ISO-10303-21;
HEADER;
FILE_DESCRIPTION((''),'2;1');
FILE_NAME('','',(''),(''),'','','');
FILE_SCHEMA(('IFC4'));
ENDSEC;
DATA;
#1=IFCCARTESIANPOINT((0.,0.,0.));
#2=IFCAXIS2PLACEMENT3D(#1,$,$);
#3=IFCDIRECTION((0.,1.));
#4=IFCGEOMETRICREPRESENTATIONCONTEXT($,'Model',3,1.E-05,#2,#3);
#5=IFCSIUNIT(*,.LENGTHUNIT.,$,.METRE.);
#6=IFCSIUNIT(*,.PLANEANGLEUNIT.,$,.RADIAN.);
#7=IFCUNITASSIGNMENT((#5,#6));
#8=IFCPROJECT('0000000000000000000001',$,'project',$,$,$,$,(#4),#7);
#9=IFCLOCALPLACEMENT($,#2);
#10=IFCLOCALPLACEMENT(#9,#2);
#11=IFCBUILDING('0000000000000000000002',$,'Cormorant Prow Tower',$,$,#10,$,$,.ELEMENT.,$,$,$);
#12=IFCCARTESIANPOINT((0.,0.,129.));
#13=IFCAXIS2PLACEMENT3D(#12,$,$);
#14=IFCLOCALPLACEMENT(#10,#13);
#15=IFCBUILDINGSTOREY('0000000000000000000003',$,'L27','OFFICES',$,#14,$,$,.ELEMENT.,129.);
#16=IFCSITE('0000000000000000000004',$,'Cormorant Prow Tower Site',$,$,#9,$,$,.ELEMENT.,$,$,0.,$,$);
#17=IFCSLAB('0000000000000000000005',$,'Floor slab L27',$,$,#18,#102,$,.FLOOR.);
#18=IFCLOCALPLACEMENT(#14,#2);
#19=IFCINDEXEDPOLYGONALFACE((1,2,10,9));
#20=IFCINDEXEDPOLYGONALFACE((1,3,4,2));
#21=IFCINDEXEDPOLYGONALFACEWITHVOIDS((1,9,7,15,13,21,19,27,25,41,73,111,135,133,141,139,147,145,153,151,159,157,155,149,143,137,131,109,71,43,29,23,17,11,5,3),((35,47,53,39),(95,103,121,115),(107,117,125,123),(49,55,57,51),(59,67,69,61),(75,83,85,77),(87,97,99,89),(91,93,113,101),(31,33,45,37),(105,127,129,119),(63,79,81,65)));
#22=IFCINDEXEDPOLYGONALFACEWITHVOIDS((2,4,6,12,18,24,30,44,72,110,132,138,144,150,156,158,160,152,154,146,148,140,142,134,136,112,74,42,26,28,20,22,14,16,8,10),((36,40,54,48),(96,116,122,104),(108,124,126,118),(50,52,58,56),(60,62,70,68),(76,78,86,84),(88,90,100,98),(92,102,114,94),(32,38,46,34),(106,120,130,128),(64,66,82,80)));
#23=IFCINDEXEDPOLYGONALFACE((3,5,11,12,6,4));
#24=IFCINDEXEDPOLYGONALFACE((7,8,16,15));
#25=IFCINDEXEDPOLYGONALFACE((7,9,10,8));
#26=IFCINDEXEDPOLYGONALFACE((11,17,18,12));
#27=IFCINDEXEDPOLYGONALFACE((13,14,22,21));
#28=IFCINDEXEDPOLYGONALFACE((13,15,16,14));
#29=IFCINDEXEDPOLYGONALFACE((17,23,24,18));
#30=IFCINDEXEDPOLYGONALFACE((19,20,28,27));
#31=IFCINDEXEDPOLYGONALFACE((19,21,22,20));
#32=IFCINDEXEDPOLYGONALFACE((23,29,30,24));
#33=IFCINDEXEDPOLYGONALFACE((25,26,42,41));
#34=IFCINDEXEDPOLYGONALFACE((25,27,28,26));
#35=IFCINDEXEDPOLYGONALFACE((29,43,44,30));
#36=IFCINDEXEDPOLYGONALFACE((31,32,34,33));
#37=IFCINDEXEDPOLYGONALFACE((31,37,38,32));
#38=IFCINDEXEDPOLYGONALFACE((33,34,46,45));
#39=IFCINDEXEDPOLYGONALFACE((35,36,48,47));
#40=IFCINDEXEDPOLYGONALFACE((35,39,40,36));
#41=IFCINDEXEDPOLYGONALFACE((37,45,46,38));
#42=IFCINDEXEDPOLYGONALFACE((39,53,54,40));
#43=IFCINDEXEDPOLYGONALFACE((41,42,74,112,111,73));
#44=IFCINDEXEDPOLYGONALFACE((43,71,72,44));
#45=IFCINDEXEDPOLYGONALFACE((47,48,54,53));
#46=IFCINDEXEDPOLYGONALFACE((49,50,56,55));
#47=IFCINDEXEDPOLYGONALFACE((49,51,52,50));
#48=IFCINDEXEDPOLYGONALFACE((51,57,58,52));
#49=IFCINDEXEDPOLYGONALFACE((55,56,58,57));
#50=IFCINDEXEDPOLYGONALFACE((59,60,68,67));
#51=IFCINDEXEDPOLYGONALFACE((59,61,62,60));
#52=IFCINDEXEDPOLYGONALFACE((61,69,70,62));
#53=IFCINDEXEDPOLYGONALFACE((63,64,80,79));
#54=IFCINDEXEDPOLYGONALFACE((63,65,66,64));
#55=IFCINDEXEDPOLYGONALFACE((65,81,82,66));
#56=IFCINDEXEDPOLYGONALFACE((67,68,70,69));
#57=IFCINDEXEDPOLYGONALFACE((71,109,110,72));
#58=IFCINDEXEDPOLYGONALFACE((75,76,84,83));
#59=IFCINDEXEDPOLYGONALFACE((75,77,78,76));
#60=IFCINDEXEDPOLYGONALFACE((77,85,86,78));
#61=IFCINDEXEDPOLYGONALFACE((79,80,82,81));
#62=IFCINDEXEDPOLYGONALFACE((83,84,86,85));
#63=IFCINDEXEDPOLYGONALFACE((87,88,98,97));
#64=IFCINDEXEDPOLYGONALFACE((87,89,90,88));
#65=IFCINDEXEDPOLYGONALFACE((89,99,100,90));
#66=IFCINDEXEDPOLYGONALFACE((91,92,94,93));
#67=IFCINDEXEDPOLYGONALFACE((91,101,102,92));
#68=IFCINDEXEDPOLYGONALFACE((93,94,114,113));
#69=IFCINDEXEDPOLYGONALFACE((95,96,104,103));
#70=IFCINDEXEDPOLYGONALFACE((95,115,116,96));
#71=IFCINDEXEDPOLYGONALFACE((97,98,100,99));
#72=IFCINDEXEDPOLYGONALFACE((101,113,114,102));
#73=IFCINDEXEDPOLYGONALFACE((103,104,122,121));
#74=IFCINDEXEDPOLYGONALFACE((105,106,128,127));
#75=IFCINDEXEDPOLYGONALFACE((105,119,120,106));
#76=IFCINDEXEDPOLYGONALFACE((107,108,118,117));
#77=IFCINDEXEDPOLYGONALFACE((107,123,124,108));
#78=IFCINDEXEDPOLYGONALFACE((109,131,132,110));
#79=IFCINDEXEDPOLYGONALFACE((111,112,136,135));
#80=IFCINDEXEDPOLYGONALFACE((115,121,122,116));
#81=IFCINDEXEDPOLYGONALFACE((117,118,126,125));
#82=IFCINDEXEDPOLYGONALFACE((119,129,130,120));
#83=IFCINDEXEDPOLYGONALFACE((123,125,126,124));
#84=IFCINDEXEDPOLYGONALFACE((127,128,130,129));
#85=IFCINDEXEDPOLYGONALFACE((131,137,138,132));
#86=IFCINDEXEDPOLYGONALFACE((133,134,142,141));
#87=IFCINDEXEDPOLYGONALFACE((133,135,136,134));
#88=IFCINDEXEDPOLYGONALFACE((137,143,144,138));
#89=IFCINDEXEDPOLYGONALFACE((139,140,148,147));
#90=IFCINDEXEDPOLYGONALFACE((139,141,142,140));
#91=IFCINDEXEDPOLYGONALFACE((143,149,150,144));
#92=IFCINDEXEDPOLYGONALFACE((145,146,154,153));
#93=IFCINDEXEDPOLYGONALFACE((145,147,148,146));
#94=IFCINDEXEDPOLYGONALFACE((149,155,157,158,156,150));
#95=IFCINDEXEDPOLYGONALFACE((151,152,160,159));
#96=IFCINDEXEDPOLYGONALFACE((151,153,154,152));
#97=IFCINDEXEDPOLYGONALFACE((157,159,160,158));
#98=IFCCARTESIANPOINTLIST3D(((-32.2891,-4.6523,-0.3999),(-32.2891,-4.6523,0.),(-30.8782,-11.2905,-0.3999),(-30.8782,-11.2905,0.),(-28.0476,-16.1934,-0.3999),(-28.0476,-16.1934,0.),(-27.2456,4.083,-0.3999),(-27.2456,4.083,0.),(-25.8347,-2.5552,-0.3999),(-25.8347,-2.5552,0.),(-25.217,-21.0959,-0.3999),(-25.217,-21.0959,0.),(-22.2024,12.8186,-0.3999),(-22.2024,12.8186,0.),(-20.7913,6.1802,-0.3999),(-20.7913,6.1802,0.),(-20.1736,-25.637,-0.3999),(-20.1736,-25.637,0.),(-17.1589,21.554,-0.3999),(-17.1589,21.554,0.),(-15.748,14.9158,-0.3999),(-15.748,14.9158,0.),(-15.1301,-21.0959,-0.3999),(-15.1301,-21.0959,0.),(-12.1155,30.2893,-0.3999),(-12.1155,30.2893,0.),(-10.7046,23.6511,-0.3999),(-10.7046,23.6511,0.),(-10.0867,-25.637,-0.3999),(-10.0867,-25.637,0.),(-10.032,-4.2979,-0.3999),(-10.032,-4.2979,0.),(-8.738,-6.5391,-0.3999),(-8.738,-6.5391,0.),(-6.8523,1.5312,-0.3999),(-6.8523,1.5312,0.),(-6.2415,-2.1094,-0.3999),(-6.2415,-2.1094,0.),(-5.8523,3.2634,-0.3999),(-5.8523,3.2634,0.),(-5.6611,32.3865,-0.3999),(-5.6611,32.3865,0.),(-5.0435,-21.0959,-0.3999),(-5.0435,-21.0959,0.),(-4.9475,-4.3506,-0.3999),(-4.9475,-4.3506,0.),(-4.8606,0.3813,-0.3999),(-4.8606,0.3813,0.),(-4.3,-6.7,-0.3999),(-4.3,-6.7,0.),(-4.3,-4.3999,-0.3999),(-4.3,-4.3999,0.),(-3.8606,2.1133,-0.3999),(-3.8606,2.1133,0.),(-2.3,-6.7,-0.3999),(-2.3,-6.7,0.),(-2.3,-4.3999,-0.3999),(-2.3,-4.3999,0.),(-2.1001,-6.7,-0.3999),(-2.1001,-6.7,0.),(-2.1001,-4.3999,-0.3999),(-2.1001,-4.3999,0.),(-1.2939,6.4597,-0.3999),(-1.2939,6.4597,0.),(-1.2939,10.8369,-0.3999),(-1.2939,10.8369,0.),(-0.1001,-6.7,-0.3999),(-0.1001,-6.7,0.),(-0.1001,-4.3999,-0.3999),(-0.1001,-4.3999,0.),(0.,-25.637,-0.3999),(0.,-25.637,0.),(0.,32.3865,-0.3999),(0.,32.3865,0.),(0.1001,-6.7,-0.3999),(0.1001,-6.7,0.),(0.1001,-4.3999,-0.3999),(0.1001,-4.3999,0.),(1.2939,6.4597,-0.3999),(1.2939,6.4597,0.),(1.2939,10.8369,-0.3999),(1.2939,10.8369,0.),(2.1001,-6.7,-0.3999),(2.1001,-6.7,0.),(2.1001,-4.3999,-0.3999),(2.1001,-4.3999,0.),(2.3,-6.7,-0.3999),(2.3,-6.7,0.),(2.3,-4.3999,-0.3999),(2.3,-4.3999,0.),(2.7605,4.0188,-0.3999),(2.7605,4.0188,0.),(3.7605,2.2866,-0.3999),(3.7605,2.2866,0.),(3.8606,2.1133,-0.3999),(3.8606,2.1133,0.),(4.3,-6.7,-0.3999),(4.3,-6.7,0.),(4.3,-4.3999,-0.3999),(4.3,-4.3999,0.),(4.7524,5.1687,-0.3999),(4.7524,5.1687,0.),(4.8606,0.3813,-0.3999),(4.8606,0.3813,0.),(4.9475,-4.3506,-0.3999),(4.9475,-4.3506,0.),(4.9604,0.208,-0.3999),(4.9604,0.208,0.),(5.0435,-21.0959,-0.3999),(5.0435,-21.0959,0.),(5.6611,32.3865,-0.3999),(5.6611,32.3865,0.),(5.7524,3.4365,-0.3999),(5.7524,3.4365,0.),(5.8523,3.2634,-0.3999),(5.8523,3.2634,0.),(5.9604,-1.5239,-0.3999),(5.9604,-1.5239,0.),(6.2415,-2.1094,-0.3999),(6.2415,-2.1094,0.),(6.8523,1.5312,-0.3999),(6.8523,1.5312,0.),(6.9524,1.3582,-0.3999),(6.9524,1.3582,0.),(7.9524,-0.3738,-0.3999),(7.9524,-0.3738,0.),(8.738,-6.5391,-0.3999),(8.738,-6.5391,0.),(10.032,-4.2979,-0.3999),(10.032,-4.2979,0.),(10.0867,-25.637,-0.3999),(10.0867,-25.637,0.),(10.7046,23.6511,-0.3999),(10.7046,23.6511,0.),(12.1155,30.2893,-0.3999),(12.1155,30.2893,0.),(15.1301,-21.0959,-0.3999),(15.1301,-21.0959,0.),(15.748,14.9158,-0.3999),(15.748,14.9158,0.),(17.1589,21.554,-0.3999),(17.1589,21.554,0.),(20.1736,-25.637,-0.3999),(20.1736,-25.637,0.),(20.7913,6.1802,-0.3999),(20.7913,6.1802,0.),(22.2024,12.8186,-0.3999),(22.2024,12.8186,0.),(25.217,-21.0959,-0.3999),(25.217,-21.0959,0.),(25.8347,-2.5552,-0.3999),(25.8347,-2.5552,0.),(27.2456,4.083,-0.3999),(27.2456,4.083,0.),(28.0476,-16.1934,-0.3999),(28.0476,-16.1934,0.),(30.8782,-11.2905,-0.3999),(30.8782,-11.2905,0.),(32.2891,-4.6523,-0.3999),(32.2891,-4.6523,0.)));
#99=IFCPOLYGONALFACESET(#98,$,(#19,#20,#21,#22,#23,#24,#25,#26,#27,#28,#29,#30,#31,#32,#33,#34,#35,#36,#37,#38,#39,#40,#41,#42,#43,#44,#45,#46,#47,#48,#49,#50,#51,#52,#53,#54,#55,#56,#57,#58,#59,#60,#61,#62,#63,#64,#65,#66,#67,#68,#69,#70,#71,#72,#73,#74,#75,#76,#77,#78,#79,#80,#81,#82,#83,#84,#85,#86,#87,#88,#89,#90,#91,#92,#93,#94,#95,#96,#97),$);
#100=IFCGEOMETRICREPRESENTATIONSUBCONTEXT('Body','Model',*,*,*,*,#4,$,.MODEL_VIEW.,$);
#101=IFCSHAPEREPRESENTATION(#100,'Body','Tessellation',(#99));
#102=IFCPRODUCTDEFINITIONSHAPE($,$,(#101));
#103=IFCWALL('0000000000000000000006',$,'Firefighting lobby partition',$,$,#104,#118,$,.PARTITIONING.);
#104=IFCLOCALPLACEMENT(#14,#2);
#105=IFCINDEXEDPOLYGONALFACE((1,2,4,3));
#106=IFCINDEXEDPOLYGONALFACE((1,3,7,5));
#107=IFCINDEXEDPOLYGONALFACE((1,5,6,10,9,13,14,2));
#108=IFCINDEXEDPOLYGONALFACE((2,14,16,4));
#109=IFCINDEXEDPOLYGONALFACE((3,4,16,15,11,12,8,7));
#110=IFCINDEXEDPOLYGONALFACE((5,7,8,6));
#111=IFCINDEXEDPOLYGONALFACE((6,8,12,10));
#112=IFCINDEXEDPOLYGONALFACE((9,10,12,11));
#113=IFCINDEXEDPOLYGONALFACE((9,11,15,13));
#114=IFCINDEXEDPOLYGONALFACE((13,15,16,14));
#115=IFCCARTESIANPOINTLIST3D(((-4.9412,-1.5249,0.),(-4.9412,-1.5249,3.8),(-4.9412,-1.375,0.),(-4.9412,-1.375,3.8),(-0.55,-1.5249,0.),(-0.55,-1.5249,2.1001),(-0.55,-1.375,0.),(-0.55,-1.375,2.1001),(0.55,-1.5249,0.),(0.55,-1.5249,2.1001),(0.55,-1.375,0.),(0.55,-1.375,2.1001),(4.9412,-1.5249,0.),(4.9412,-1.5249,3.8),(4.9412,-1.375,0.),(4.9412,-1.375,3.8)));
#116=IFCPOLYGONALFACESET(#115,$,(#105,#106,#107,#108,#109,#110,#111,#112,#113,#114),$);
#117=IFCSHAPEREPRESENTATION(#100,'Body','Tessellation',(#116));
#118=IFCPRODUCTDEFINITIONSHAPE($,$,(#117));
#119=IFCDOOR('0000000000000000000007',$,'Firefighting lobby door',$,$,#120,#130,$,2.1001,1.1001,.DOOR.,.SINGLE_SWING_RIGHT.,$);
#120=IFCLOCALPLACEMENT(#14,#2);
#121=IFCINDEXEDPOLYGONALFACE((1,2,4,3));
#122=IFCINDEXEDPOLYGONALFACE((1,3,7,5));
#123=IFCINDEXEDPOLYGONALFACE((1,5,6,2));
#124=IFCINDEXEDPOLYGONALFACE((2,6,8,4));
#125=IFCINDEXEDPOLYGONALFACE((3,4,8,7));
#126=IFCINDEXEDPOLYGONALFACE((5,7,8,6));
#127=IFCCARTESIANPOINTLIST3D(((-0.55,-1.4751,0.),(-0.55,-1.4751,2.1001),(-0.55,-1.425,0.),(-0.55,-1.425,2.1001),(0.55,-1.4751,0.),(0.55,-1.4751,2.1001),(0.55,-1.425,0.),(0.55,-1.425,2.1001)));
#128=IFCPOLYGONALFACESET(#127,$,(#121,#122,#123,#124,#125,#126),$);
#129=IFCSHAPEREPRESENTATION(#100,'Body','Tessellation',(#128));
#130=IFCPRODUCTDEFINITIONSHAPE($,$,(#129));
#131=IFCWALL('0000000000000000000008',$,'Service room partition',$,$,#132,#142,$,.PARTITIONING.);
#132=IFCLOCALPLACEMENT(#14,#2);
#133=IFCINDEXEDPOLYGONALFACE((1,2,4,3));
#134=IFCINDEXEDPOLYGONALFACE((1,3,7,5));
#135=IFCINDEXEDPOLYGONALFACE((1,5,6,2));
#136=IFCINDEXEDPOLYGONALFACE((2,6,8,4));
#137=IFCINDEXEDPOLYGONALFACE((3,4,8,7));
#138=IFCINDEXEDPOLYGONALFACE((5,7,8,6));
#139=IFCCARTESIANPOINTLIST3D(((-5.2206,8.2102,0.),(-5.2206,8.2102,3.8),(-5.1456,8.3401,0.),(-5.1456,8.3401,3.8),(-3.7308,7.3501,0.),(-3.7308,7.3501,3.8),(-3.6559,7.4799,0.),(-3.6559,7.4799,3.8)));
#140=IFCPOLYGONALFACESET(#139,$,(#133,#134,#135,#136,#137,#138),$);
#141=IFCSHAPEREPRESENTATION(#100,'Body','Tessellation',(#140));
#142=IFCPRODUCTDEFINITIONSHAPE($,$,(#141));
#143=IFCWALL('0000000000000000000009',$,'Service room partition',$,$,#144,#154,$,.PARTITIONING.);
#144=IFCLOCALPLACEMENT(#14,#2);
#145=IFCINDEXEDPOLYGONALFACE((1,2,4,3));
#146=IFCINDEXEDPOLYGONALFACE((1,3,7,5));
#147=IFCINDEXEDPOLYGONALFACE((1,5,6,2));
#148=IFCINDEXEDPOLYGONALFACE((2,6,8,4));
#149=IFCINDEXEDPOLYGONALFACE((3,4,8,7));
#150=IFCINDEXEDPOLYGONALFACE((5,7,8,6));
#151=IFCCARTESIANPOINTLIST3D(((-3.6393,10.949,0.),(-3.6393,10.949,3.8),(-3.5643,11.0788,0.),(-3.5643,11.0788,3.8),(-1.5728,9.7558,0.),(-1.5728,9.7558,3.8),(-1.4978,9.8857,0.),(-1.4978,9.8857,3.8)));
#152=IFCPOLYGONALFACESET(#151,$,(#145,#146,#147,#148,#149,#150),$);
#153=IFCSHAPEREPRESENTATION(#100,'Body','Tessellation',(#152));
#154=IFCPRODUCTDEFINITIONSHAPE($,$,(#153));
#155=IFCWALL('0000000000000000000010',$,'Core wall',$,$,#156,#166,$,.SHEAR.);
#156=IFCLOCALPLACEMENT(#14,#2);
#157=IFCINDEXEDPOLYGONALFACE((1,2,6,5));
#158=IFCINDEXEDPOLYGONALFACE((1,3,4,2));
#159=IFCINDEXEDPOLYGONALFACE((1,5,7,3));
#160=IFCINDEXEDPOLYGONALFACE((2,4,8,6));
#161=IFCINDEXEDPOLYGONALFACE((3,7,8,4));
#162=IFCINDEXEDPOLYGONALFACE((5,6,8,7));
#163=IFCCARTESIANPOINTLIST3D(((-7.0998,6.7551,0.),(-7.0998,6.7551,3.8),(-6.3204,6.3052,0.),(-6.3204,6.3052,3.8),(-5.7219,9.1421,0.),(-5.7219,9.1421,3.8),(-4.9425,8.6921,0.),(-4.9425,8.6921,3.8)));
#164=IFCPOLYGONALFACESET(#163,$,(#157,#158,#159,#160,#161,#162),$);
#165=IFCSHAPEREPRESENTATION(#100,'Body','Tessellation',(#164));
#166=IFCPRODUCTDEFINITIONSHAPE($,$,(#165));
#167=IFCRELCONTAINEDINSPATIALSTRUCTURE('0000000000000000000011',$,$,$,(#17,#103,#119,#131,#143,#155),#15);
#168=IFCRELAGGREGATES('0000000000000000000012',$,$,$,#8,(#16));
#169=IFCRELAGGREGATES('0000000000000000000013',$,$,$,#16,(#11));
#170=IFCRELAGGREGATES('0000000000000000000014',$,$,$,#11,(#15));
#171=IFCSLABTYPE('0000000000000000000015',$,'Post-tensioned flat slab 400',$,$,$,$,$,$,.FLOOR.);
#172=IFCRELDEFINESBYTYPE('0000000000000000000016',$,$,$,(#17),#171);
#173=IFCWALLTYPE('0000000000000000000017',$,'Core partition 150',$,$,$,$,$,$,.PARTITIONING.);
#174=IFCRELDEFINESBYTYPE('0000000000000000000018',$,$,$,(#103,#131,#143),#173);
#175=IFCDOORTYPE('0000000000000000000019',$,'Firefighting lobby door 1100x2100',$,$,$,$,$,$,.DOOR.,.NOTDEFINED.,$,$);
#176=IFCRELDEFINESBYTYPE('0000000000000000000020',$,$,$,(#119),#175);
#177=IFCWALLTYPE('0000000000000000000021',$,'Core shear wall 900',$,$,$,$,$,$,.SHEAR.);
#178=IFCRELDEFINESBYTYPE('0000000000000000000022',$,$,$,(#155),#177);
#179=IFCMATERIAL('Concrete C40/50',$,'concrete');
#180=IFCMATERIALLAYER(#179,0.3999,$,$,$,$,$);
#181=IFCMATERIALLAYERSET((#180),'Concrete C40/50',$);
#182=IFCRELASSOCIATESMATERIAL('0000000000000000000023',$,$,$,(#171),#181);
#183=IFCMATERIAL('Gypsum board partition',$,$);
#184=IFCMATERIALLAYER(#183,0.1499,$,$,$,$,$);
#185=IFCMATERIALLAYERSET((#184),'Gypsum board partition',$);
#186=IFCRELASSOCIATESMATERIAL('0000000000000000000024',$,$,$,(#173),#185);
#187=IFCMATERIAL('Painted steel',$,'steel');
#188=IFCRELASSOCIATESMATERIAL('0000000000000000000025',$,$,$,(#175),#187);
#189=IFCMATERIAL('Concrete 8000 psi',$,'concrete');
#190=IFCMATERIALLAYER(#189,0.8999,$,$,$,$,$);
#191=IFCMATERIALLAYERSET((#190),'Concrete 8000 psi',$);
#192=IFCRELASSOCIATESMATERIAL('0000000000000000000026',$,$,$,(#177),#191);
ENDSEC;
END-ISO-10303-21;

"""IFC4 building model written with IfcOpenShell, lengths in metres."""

from ifc_helpers import new_model, si_unit, direction, frame, frame_2d, origin, place, context, subcontext, project, spatial, polyline, rectangle, outline, extrude, material, layer, layer_set, type_object, element, fill, save


model = new_model("IFC4")

# Units and contexts
model_context = context("Model", 3, precision=1e-05, world=origin(), true_north=direction((0.0, 1.0)))
body_context = subcontext(model_context, "Body", "Model", "MODEL_VIEW")
ifc_project = project(units=[si_unit("LENGTHUNIT", "METRE"), si_unit("PLANEANGLEUNIT", "RADIAN")], contexts=[model_context])

# Site, building, storey
site_placement = place(None, origin())
site = spatial("IfcSite", under=ifc_project, at=site_placement, Name="Cormorant Prow Tower Site", CompositionType="ELEMENT", RefElevation=0.0)
building_placement = place(site_placement, origin())
building = spatial("IfcBuilding", under=site, at=building_placement, Name="Cormorant Prow Tower", CompositionType="ELEMENT")
storey_placement = place(building_placement, frame((0.0, 0.0, 129.0)))
storey = spatial("IfcBuildingStorey", under=building, at=storey_placement, Name="L27", Description="OFFICES", CompositionType="ELEMENT", Elevation=129.0)

# Slab
ifc_material_1 = material(Name="Concrete C40/50", Category="concrete")
ifc_layer_1 = layer(ifc_material_1, 0.3999)
ifc_layer_set_1 = layer_set([ifc_layer_1], Name="Concrete C40/50")
slab_type_1 = type_object("IfcSlabType", Name="Post-tensioned flat slab 400", PredefinedType="FLOOR", material=ifc_layer_set_1)
slab_1_placement = place(storey_placement, frame((0.0, 0.0, -0.3999)))
element("IfcSlab", 1, at=slab_1_placement, inside=storey, type_object=slab_type_1, Name="Floor slab L27", PredefinedType="FLOOR", context=body_context, shape_type="SweptSolid", body=[
    extrude(outline(polyline([(-12.1155, 30.2893), (-10.7046, 23.6511), (-17.1589, 21.554), (-15.748, 14.9158), (-22.2024, 12.8186), (-20.7913, 6.1802), (-27.2456, 4.083), (-25.8347, -2.5552), (-32.2891, -4.6523), (-30.8782, -11.2905), (-28.0476, -16.1934), (-25.217, -21.0959), (-20.1736, -25.637), (-15.1301, -21.0959), (-10.0867, -25.637), (-5.0435, -21.0959), (0.0, -25.637), (5.0435, -21.0959), (10.0867, -25.637), (15.1301, -21.0959), (20.1736, -25.637), (25.217, -21.0959), (28.0476, -16.1934), (30.8782, -11.2905), (32.2891, -4.6523), (25.8347, -2.5552), (27.2456, 4.083), (20.7913, 6.1802), (22.2024, 12.8186), (15.748, 14.9158), (17.1589, 21.554), (10.7046, 23.6511), (12.1155, 30.2893), (5.6611, 32.3865), (0.0, 32.3865), (-5.6611, 32.3865), (-12.1155, 30.2893)]), holes=[polyline([(-4.3, -6.7), (-4.3, -4.3999), (-2.3, -4.3999), (-2.3, -6.7), (-4.3, -6.7)]), polyline([(-2.1001, -4.3999), (-0.1001, -4.3999), (-0.1001, -6.7), (-2.1001, -6.7), (-2.1001, -4.3999)]), polyline([(2.1001, -4.3999), (2.1001, -6.7), (0.1001, -6.7), (0.1001, -4.3999), (2.1001, -4.3999)]), polyline([(4.3, -6.7), (2.3, -6.7), (2.3, -4.3999), (4.3, -4.3999), (4.3, -6.7)]), polyline([(7.9524, -0.3738), (5.9604, -1.5239), (4.9604, 0.208), (6.9524, 1.3582), (7.9524, -0.3738)]), polyline([(4.8606, 0.3813), (3.8606, 2.1133), (5.8523, 3.2634), (6.8523, 1.5312), (4.8606, 0.3813)]), polyline([(2.7605, 4.0188), (4.7524, 5.1687), (5.7524, 3.4365), (3.7605, 2.2866), (2.7605, 4.0188)]), polyline([(-6.8523, 1.5312), (-5.8523, 3.2634), (-3.8606, 2.1133), (-4.8606, 0.3813), (-6.8523, 1.5312)]), polyline([(-4.9475, -4.3506), (-8.738, -6.5391), (-10.032, -4.2979), (-6.2415, -2.1094), (-4.9475, -4.3506)]), polyline([(10.032, -4.2979), (8.738, -6.5391), (4.9475, -4.3506), (6.2415, -2.1094), (10.032, -4.2979)]), polyline([(1.2939, 10.8369), (1.2939, 6.4597), (-1.2939, 6.4597), (-1.2939, 10.8369), (1.2939, 10.8369)])]), origin(), (0.0, 0.0, 1.0), 0.3999),
])

# Wall, opening, door
ifc_material_2 = material(Name="Gypsum board partition")
ifc_layer_2 = layer(ifc_material_2, 0.1499)
ifc_layer_set_2 = layer_set([ifc_layer_2], Name="Gypsum board partition")
wall_type_1 = type_object("IfcWallType", Name="Core partition 150", PredefinedType="PARTITIONING", material=ifc_layer_set_2)
wall_1_placement = place(storey_placement, frame((-4.9412, -1.45, 0.0), z_axis=(0.0, 0.0, 1.0), x_axis=(1.0, 0.0, 0.0)))
wall_1 = element("IfcWall", 2, at=wall_1_placement, inside=storey, type_object=wall_type_1, Name="Firefighting lobby partition", PredefinedType="PARTITIONING", context=body_context, shape_type="SweptSolid", body=[
    extrude(rectangle(XDim=9.8823, YDim=0.1499, at=frame_2d((4.9412, 0.0))), origin(), (0.0, 0.0, 1.0), 3.8),
])
opening_1_placement = place(wall_1_placement, frame((4.3911, 0.0, 0.0)))
opening_1 = element("IfcOpeningElement", 3, at=opening_1_placement, cuts=wall_1, PredefinedType="OPENING", context=body_context, shape_type="SweptSolid", body=[
    extrude(rectangle(XDim=1.1001, YDim=2.1001, at=frame_2d((0.55, 1.05))), frame((0.0, 0.085, 0.0), z_axis=(0.0, -1.0, 0.0), x_axis=(1.0, 0.0, 0.0)), (0.0, 0.0, 1.0), 0.1699),
])
ifc_material_3 = material(Name="Painted steel", Category="steel")
door_type_1 = type_object("IfcDoorType", Name="Firefighting lobby door 1100x2100", OperationType="NOTDEFINED", PredefinedType="DOOR", material=ifc_material_3)
door_1_placement = place(opening_1_placement, origin())
door_1 = element("IfcDoor", 4, at=door_1_placement, inside=storey, type_object=door_type_1, Name="Firefighting lobby door", OperationType="SINGLE_SWING_RIGHT", OverallHeight=2.1001, OverallWidth=1.1001, PredefinedType="DOOR", context=body_context, shape_type="SweptSolid", body=[
    extrude(rectangle(XDim=1.1001, YDim=2.1001, at=frame_2d((0.55, 1.05))), frame((0.0, 0.0249, 0.0), z_axis=(0.0, -1.0, 0.0), x_axis=(1.0, 0.0, 0.0)), (0.0, 0.0, 1.0), 0.05),
])
fill(opening_1, door_1)

# Walls
wall_2_placement = place(storey_placement, frame((-3.6934, 7.415, 0.0), z_axis=(0.0, 0.0, 1.0), x_axis=(-0.866025, 0.500001, 0.0)))
element("IfcWall", 5, at=wall_2_placement, inside=storey, type_object=wall_type_1, Name="Service room partition", PredefinedType="PARTITIONING", context=body_context, shape_type="SweptSolid", body=[
    extrude(rectangle(XDim=1.7202, YDim=0.1499, at=frame_2d((0.8601, 0.0))), origin(), (0.0, 0.0, 1.0), 3.8),
])
wall_3_placement = place(storey_placement, frame((-3.6018, 11.0139, 0.0), z_axis=(0.0, 0.0, 1.0), x_axis=(0.866012, -0.500024, 0.0)))
element("IfcWall", 6, at=wall_3_placement, inside=storey, type_object=wall_type_1, Name="Service room partition", PredefinedType="PARTITIONING", context=body_context, shape_type="SweptSolid", body=[
    extrude(rectangle(XDim=2.3862, YDim=0.1499, at=frame_2d((1.1931, 0.0))), origin(), (0.0, 0.0, 1.0), 3.8),
])
ifc_material_4 = material(Name="Concrete 8000 psi", Category="concrete")
ifc_layer_3 = layer(ifc_material_4, 0.8999)
ifc_layer_set_3 = layer_set([ifc_layer_3], Name="Concrete 8000 psi")
wall_type_2 = type_object("IfcWallType", Name="Core shear wall 900", PredefinedType="SHEAR", material=ifc_layer_set_3)
wall_4_placement = place(storey_placement, frame((-5.3323, 8.917, 0.0), z_axis=(0.0, 0.0, 1.0), x_axis=(-0.49995, -0.866054, 0.0)))
element("IfcWall", 7, at=wall_4_placement, inside=storey, type_object=wall_type_2, Name="Core wall", PredefinedType="SHEAR", context=body_context, shape_type="SweptSolid", body=[
    extrude(rectangle(XDim=2.7561, YDim=0.8999, at=frame_2d((1.3779, 0.0))), origin(), (0.0, 0.0, 1.0), 3.8),
])

save(model, "model.ifc")
